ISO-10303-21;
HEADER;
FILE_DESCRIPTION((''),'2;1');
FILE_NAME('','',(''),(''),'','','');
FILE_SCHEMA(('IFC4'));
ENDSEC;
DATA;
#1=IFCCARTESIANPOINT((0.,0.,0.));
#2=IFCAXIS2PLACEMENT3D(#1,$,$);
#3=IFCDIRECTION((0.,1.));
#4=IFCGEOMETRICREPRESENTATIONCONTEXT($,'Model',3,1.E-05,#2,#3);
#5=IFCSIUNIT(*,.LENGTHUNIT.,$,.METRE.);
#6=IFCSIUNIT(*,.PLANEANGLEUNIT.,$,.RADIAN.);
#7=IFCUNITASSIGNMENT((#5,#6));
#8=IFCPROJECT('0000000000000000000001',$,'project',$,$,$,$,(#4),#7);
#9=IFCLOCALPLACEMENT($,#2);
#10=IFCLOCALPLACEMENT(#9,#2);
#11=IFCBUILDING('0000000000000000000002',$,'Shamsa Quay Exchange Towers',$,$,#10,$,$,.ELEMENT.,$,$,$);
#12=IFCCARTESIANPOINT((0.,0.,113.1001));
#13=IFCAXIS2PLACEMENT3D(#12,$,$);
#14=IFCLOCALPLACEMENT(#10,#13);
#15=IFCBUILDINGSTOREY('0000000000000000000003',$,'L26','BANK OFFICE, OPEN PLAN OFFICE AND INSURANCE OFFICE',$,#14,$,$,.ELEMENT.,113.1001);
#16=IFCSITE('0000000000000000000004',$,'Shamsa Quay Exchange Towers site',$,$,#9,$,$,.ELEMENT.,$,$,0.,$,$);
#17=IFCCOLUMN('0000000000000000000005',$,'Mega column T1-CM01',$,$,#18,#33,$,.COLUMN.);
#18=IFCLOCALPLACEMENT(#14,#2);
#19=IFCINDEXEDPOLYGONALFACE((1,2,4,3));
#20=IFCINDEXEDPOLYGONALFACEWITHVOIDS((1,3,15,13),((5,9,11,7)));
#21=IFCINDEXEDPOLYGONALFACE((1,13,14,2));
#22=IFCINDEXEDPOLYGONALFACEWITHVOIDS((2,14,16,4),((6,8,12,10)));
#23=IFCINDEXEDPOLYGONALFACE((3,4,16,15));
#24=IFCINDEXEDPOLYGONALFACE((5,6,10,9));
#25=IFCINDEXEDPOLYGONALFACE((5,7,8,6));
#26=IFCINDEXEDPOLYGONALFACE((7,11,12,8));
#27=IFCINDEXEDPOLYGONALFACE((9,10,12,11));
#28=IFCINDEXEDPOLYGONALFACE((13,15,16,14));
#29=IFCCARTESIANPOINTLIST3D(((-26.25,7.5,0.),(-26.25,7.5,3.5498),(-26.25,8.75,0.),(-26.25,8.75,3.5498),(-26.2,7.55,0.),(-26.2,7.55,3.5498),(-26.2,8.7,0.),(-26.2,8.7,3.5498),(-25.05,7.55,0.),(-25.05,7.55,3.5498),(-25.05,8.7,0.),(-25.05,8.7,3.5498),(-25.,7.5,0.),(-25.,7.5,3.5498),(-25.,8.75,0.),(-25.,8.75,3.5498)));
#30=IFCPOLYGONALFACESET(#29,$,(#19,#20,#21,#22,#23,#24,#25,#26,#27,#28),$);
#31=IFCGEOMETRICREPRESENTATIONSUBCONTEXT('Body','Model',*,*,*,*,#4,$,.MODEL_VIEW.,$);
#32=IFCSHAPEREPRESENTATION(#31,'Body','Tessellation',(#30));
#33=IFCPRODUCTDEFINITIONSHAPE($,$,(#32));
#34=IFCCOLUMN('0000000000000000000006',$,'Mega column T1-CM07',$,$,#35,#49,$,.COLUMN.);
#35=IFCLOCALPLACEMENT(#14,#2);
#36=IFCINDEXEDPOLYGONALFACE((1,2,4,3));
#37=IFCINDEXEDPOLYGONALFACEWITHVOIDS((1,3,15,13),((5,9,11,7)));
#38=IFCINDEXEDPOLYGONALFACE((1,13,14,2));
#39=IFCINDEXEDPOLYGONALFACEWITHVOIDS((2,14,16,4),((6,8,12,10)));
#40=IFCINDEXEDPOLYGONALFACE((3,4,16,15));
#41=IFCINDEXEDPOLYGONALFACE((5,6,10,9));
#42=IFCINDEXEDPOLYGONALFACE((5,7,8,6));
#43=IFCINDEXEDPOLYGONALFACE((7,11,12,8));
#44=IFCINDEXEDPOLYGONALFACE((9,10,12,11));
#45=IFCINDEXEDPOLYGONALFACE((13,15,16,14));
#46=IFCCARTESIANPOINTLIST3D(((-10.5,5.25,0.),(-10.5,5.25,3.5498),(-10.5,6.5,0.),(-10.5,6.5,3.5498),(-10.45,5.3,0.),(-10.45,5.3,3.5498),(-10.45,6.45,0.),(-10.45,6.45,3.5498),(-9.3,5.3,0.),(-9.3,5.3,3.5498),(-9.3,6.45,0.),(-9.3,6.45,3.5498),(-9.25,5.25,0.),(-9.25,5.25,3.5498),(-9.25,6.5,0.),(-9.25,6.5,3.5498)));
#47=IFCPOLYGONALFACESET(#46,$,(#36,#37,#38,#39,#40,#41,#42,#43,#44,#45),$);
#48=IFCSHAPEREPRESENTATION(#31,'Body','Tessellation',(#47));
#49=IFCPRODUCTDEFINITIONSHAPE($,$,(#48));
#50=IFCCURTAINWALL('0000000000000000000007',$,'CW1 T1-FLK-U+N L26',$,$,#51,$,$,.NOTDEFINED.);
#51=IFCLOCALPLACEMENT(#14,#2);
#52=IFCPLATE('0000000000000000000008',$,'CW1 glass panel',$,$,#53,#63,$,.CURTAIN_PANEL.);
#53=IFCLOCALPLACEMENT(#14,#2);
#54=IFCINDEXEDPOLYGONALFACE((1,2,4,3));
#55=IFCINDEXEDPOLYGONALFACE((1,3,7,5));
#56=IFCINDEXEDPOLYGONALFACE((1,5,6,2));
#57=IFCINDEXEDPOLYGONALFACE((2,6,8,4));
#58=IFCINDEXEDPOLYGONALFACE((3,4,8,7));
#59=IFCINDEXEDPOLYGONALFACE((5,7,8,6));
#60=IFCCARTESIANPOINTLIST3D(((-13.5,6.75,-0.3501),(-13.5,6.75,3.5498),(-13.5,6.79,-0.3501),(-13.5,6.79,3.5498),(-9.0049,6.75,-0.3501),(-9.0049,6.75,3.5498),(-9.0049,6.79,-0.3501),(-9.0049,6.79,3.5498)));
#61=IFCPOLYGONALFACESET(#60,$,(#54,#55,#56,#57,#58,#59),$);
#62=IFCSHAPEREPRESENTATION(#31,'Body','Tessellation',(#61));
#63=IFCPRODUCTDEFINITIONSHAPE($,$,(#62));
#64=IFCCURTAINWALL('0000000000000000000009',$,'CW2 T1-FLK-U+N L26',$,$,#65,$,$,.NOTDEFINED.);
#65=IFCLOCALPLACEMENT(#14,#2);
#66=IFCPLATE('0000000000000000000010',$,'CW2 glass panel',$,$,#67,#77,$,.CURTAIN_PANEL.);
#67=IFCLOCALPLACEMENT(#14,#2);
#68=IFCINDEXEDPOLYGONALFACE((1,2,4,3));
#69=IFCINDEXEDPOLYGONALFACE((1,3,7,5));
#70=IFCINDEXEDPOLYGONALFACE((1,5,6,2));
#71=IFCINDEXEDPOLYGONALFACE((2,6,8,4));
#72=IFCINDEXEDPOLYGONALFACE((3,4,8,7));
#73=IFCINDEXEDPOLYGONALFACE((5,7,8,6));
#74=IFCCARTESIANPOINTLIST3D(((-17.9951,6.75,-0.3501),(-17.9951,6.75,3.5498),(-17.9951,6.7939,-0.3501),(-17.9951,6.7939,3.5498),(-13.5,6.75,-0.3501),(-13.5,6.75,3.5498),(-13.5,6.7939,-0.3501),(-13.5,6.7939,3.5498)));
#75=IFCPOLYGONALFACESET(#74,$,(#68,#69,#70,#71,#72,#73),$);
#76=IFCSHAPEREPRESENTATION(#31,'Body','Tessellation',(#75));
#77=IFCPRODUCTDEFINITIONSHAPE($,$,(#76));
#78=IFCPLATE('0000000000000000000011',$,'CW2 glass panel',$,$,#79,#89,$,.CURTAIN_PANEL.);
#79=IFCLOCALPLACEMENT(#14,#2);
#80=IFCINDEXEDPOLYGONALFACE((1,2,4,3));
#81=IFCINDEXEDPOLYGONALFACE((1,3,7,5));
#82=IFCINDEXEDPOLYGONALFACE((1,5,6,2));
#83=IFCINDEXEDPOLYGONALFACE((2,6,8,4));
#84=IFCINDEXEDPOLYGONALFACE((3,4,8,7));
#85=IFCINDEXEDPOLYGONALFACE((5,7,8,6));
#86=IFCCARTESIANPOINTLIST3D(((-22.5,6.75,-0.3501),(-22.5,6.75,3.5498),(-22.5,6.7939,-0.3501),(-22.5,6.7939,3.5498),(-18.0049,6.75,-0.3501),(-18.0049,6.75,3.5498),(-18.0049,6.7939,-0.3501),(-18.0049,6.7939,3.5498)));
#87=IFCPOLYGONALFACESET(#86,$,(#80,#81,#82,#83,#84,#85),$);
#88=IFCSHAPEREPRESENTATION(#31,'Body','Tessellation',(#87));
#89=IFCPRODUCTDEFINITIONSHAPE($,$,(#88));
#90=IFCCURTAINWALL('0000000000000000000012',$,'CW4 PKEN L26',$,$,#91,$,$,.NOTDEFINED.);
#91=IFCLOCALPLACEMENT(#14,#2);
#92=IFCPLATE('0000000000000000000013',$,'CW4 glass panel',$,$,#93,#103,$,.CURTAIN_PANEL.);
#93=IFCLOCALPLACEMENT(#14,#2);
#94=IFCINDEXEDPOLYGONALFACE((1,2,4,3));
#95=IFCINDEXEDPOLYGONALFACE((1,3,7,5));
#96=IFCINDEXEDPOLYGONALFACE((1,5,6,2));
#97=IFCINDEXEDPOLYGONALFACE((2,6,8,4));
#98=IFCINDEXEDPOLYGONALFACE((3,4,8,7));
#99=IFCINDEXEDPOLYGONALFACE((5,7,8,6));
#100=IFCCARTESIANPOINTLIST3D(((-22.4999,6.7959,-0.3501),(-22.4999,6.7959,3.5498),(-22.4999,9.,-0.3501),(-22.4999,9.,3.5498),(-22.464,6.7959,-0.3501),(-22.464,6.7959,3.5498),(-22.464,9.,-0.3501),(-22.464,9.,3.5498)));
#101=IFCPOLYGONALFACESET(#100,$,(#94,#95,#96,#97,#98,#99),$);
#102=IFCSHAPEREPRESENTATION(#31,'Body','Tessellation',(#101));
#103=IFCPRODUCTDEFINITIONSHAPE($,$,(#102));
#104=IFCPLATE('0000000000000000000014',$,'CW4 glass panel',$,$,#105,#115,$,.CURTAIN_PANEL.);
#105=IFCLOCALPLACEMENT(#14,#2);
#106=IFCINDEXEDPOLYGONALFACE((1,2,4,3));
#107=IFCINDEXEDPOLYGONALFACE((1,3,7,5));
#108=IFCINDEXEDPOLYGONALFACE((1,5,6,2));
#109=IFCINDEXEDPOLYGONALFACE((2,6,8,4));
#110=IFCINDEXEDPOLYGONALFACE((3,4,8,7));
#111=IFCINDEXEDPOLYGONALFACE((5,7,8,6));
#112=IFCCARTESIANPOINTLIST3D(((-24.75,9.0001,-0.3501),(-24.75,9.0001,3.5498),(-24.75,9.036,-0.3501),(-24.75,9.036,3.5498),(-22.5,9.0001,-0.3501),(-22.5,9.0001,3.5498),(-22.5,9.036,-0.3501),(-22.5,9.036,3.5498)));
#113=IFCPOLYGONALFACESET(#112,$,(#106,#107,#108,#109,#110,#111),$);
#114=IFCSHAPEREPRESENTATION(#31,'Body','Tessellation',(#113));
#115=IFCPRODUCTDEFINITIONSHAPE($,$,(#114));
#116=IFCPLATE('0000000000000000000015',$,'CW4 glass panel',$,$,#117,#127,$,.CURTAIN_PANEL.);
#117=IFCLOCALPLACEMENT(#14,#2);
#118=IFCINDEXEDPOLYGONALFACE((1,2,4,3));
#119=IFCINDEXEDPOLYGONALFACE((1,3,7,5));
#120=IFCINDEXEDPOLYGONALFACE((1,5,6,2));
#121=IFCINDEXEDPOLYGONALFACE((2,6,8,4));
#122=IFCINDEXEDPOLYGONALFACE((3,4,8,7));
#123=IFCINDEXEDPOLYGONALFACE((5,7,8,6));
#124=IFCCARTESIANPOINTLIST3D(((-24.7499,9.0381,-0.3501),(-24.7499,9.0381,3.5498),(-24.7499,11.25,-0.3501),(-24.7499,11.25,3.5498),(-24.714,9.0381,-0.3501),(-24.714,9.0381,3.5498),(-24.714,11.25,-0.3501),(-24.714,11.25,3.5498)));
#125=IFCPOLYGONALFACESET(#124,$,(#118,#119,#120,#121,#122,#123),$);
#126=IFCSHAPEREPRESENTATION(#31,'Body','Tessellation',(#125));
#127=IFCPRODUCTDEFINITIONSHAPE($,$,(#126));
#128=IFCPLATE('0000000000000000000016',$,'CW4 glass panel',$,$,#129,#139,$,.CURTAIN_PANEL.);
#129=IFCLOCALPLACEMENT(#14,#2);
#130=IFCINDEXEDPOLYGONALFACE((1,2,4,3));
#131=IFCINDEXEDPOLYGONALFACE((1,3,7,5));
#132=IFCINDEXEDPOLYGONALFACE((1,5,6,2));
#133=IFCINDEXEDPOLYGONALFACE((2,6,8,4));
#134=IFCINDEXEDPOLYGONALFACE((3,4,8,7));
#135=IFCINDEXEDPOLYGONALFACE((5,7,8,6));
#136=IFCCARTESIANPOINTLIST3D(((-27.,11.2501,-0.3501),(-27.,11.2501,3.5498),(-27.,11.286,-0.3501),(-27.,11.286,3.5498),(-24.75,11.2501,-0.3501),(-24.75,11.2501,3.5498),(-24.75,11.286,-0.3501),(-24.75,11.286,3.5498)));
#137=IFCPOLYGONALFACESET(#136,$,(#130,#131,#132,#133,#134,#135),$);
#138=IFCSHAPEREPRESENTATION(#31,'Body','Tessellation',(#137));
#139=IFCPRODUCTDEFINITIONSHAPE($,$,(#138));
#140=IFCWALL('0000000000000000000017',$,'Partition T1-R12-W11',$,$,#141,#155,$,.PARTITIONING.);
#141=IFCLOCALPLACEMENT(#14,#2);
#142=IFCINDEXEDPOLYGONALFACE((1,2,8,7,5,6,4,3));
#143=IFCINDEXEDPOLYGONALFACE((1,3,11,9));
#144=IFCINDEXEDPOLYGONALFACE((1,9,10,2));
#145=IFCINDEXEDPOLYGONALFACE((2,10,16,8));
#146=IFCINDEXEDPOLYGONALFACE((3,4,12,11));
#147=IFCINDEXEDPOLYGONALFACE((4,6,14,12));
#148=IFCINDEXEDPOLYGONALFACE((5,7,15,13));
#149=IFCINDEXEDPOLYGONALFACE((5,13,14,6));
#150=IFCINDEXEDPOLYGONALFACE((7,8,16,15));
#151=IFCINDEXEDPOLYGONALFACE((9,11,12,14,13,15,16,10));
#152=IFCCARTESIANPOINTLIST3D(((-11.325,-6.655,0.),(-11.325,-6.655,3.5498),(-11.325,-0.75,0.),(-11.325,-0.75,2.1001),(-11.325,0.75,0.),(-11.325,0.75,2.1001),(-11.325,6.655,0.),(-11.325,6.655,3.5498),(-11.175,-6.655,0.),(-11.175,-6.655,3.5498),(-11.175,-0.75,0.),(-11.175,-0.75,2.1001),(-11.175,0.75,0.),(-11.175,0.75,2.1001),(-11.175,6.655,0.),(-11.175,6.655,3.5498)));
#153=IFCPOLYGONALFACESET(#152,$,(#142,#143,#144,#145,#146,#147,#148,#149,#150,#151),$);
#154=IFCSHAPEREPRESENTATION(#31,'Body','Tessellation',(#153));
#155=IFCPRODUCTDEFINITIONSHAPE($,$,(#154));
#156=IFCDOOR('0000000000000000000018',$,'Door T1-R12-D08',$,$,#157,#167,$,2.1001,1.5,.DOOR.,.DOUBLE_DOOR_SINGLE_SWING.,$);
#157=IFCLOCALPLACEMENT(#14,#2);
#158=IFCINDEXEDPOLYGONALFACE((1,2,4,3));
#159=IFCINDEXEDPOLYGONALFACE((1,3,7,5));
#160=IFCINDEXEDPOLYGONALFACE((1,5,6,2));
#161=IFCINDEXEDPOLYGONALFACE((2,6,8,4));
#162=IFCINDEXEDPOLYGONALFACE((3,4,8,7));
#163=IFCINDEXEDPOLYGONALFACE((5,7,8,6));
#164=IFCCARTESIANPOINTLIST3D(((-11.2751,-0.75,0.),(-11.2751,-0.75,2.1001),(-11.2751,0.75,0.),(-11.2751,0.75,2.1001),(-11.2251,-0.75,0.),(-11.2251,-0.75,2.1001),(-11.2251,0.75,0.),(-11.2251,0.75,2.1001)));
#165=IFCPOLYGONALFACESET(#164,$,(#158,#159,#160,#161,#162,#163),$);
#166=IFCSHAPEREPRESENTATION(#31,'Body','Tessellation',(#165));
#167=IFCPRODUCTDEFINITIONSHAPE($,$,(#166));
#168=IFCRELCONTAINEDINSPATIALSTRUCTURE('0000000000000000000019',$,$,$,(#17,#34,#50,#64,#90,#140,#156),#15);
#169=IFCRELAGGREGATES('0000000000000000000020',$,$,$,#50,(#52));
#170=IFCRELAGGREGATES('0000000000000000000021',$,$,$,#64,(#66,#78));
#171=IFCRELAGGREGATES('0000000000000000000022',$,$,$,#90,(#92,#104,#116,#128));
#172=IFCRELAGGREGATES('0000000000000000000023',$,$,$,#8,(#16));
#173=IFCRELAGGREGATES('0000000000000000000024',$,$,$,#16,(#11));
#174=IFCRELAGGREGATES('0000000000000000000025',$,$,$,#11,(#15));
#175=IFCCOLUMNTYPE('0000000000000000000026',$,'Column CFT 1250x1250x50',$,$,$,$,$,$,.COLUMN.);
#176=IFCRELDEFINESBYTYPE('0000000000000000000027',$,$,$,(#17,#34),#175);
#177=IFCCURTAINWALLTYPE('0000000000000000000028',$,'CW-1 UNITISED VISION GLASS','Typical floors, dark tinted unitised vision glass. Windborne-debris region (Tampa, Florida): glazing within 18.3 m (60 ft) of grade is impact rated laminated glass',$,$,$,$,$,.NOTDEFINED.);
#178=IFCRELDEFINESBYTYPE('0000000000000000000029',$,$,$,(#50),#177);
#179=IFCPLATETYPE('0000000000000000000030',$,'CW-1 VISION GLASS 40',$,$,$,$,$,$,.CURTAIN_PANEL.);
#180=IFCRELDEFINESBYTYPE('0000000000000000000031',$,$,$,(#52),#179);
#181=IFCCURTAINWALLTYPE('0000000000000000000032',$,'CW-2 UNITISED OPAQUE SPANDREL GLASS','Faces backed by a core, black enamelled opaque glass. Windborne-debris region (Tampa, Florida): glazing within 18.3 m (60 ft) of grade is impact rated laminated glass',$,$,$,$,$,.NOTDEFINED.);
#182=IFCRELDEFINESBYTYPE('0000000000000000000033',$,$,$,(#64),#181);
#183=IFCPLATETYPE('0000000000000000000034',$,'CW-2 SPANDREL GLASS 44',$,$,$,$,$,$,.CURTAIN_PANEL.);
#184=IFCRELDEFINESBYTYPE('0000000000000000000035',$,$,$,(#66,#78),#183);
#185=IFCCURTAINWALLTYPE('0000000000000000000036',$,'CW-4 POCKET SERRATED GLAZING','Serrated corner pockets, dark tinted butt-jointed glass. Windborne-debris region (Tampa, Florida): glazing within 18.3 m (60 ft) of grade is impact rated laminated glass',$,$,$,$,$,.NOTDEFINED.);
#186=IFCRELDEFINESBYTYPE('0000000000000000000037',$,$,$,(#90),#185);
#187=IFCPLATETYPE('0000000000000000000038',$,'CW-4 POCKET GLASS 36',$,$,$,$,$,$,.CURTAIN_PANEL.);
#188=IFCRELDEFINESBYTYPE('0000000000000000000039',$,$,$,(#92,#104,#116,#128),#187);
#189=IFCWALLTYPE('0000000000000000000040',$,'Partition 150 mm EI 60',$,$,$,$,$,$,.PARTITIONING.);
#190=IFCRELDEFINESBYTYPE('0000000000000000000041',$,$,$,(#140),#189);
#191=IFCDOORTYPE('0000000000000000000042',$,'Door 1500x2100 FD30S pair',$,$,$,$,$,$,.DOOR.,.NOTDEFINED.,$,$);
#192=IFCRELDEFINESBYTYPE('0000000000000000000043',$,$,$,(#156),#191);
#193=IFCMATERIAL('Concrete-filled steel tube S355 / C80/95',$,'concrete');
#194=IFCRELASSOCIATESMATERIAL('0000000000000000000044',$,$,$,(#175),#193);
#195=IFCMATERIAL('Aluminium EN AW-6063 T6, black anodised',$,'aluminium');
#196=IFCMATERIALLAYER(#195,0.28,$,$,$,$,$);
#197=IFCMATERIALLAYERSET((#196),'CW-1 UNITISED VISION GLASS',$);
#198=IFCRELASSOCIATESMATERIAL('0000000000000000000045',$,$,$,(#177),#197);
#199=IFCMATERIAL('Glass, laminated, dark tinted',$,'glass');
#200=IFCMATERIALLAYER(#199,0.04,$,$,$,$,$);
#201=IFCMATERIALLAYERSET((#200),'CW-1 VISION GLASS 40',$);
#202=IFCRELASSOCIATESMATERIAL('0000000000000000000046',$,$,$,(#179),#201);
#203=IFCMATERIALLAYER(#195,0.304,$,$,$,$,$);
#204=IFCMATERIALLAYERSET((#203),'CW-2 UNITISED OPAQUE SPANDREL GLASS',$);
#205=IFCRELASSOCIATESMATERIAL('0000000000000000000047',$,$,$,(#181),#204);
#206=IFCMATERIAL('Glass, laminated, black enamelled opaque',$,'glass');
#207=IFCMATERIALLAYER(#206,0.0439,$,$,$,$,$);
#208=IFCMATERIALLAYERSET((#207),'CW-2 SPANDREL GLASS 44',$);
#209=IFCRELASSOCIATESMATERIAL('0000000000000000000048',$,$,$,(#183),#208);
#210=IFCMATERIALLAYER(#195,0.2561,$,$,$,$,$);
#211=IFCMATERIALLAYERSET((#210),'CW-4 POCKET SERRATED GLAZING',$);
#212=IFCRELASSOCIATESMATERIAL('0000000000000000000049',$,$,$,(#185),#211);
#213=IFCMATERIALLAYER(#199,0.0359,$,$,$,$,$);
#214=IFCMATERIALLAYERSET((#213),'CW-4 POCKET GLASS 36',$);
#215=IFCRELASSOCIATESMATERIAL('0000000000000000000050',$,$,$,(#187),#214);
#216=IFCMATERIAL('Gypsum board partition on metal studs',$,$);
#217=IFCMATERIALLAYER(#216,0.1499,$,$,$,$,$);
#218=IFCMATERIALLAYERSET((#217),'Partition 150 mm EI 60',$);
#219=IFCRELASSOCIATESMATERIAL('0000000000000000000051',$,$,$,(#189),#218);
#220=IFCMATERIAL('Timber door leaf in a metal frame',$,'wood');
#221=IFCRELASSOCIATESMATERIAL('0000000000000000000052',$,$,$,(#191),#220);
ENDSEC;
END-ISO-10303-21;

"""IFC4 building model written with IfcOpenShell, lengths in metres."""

from ifc_helpers import new_model, si_unit, direction, frame, frame_2d, origin, origin_2d, place, context, subcontext, project, spatial, rectangle, hollow_rectangle, extrude, material, layer, layer_set, material_profile, profile_set, type_object, element, fill, aggregate, save


model = new_model("IFC4")

# Units and contexts
model_context = context("Model", 3, precision=1e-05, world=origin(), true_north=direction((0.0, 1.0)))
body_context = subcontext(model_context, "Body", "Model", "MODEL_VIEW")
ifc_project = project(units=[si_unit("LENGTHUNIT", "METRE"), si_unit("PLANEANGLEUNIT", "RADIAN")], contexts=[model_context])

# Site, building, storey
site_placement = place(None, origin())
site = spatial("IfcSite", under=ifc_project, at=site_placement, Name="Shamsa Quay Exchange Towers site", CompositionType="ELEMENT", RefElevation=0.0)
building_placement = place(site_placement, origin())
building = spatial("IfcBuilding", under=site, at=building_placement, Name="Shamsa Quay Exchange Towers", CompositionType="ELEMENT")
storey_placement = place(building_placement, frame((0.0, 0.0, 113.1001)))
storey = spatial("IfcBuildingStorey", under=building, at=storey_placement, Name="L26", Description="BANK OFFICE, OPEN PLAN OFFICE AND INSURANCE OFFICE", CompositionType="ELEMENT", Elevation=113.1001)

# Columns
ifc_material_1 = material(Name="Concrete-filled steel tube S355 / C80/95", Category="concrete")
ifc_material_profile_1 = material_profile(ifc_material_1, hollow_rectangle(XDim=1.25, YDim=1.25, WallThickness=0.05, at=origin_2d()), Name="CFT 1250x1250x50")
ifc_profile_set_1 = profile_set([ifc_material_profile_1], Name="Concrete-filled steel tube S355 / C80/95")
column_type = type_object("IfcColumnType", Name="Column CFT 1250x1250x50", PredefinedType="COLUMN", material=ifc_profile_set_1)
for number, where, name in (
    (1, (-25.625, 8.125, 0.0), "Mega column T1-CM01"),
    (2, (-9.875, 5.875, 0.0), "Mega column T1-CM07"),
):
    element("IfcColumn", number, at=place(storey_placement, frame(where)), inside=storey, type_object=column_type, Name=name, PredefinedType="COLUMN", context=body_context, shape_type="SweptSolid", body=[
        extrude(hollow_rectangle(XDim=1.25, YDim=1.25, WallThickness=0.05, at=origin_2d()), origin(), (0.0, 0.0, 1.0), 3.5498),
    ])

# Curtain wall, plate
ifc_material_2 = material(Name="Aluminium EN AW-6063 T6, black anodised", Category="aluminium")
ifc_layer_1 = layer(ifc_material_2, 0.28)
ifc_layer_set_1 = layer_set([ifc_layer_1], Name="CW-1 UNITISED VISION GLASS")
curtain_wall_type_1 = type_object("IfcCurtainWallType", Name="CW-1 UNITISED VISION GLASS", Description="Typical floors, dark tinted unitised vision glass. Windborne-debris region (Tampa, Florida): glazing within 18.3 m (60 ft) of grade is impact rated laminated glass", PredefinedType="NOTDEFINED", material=ifc_layer_set_1)
curtain_wall_1_placement = place(storey_placement, origin())
curtain_wall_1 = element("IfcCurtainWall", 3, at=curtain_wall_1_placement, inside=storey, type_object=curtain_wall_type_1, Name="CW1 T1-FLK-U+N L26", PredefinedType="NOTDEFINED")
ifc_material_3 = material(Name="Glass, laminated, dark tinted", Category="glass")
ifc_layer_2 = layer(ifc_material_3, 0.04)
ifc_layer_set_2 = layer_set([ifc_layer_2], Name="CW-1 VISION GLASS 40")
plate_type_1 = type_object("IfcPlateType", Name="CW-1 VISION GLASS 40", PredefinedType="CURTAIN_PANEL", material=ifc_layer_set_2)
plate_1_placement = place(storey_placement, frame((-11.2524, 6.77, -0.3501), z_axis=(0.0, 0.0, 1.0), x_axis=(-1.0, 0.0, 0.0)))
plate_1 = element("IfcPlate", 4, at=plate_1_placement, type_object=plate_type_1, Name="CW1 glass panel", PredefinedType="CURTAIN_PANEL", context=body_context, shape_type="SweptSolid", body=[
    extrude(rectangle(XDim=4.4951, YDim=0.04, at=origin_2d()), origin(), (0.0, 0.0, 1.0), 3.8999),
])
aggregate(curtain_wall_1, [plate_1])

# Curtain walls, plates
ifc_layer_3 = layer(ifc_material_2, 0.304)
ifc_layer_set_3 = layer_set([ifc_layer_3], Name="CW-2 UNITISED OPAQUE SPANDREL GLASS")
curtain_wall_type_2 = type_object("IfcCurtainWallType", Name="CW-2 UNITISED OPAQUE SPANDREL GLASS", Description="Faces backed by a core, black enamelled opaque glass. Windborne-debris region (Tampa, Florida): glazing within 18.3 m (60 ft) of grade is impact rated laminated glass", PredefinedType="NOTDEFINED", material=ifc_layer_set_3)
curtain_wall_2_placement = place(storey_placement, origin())
curtain_wall_2 = element("IfcCurtainWall", 5, at=curtain_wall_2_placement, inside=storey, type_object=curtain_wall_type_2, Name="CW2 T1-FLK-U+N L26", PredefinedType="NOTDEFINED")
ifc_material_4 = material(Name="Glass, laminated, black enamelled opaque", Category="glass")
ifc_layer_4 = layer(ifc_material_4, 0.0439)
ifc_layer_set_4 = layer_set([ifc_layer_4], Name="CW-2 SPANDREL GLASS 44")
plate_type_2 = type_object("IfcPlateType", Name="CW-2 SPANDREL GLASS 44", PredefinedType="CURTAIN_PANEL", material=ifc_layer_set_4)
plate_2_placement = place(storey_placement, frame((-15.7476, 6.772, -0.3501), z_axis=(0.0, 0.0, 1.0), x_axis=(-1.0, 0.0, 0.0)))
plate_2 = element("IfcPlate", 6, at=plate_2_placement, type_object=plate_type_2, Name="CW2 glass panel", PredefinedType="CURTAIN_PANEL", context=body_context, shape_type="SweptSolid", body=[
    extrude(rectangle(XDim=4.4951, YDim=0.0439, at=origin_2d()), origin(), (0.0, 0.0, 1.0), 3.8999),
])
plate_3_placement = place(storey_placement, frame((-20.2524, 6.772, -0.3501), z_axis=(0.0, 0.0, 1.0), x_axis=(-1.0, 0.0, 0.0)))
plate_3 = element("IfcPlate", 7, at=plate_3_placement, type_object=plate_type_2, Name="CW2 glass panel", PredefinedType="CURTAIN_PANEL", context=body_context, shape_type="SweptSolid", body=[
    extrude(rectangle(XDim=4.4951, YDim=0.0439, at=origin_2d()), origin(), (0.0, 0.0, 1.0), 3.8999),
])
aggregate(curtain_wall_2, [plate_2, plate_3])
ifc_layer_5 = layer(ifc_material_2, 0.2561)
ifc_layer_set_5 = layer_set([ifc_layer_5], Name="CW-4 POCKET SERRATED GLAZING")
curtain_wall_type_3 = type_object("IfcCurtainWallType", Name="CW-4 POCKET SERRATED GLAZING", Description="Serrated corner pockets, dark tinted butt-jointed glass. Windborne-debris region (Tampa, Florida): glazing within 18.3 m (60 ft) of grade is impact rated laminated glass", PredefinedType="NOTDEFINED", material=ifc_layer_set_5)
curtain_wall_3_placement = place(storey_placement, origin())
curtain_wall_3 = element("IfcCurtainWall", 8, at=curtain_wall_3_placement, inside=storey, type_object=curtain_wall_type_3, Name="CW4 PKEN L26", PredefinedType="NOTDEFINED")
ifc_layer_6 = layer(ifc_material_3, 0.0359)
ifc_layer_set_6 = layer_set([ifc_layer_6], Name="CW-4 POCKET GLASS 36")
plate_type_3 = type_object("IfcPlateType", Name="CW-4 POCKET GLASS 36", PredefinedType="CURTAIN_PANEL", material=ifc_layer_set_6)
plate_4_placement = place(storey_placement, frame((-22.4819, 7.8979, -0.3501), z_axis=(0.0, 0.0, 1.0), x_axis=(0.0, 1.0, 0.0)))
plate_4 = element("IfcPlate", 9, at=plate_4_placement, type_object=plate_type_3, Name="CW4 glass panel", PredefinedType="CURTAIN_PANEL", context=body_context, shape_type="SweptSolid", body=[
    extrude(rectangle(XDim=2.2041, YDim=0.0359, at=origin_2d()), origin(), (0.0, 0.0, 1.0), 3.8999),
])
plate_5_placement = place(storey_placement, frame((-23.625, 9.0181, -0.3501), z_axis=(0.0, 0.0, 1.0), x_axis=(-1.0, 0.0, 0.0)))
plate_5 = element("IfcPlate", 10, at=plate_5_placement, type_object=plate_type_3, Name="CW4 glass panel", PredefinedType="CURTAIN_PANEL", context=body_context, shape_type="SweptSolid", body=[
    extrude(rectangle(XDim=2.25, YDim=0.0359, at=origin_2d()), origin(), (0.0, 0.0, 1.0), 3.8999),
])
plate_6_placement = place(storey_placement, frame((-24.7319, 10.144, -0.3501), z_axis=(0.0, 0.0, 1.0), x_axis=(0.0, 1.0, 0.0)))
plate_6 = element("IfcPlate", 11, at=plate_6_placement, type_object=plate_type_3, Name="CW4 glass panel", PredefinedType="CURTAIN_PANEL", context=body_context, shape_type="SweptSolid", body=[
    extrude(rectangle(XDim=2.2119, YDim=0.0359, at=origin_2d()), origin(), (0.0, 0.0, 1.0), 3.8999),
])
plate_7_placement = place(storey_placement, frame((-25.875, 11.2681, -0.3501), z_axis=(0.0, 0.0, 1.0), x_axis=(-1.0, 0.0, 0.0)))
plate_7 = element("IfcPlate", 12, at=plate_7_placement, type_object=plate_type_3, Name="CW4 glass panel", PredefinedType="CURTAIN_PANEL", context=body_context, shape_type="SweptSolid", body=[
    extrude(rectangle(XDim=2.25, YDim=0.0359, at=origin_2d()), origin(), (0.0, 0.0, 1.0), 3.8999),
])
aggregate(curtain_wall_3, [plate_4, plate_5, plate_6, plate_7])

# Wall, opening, door
ifc_material_5 = material(Name="Gypsum board partition on metal studs")
ifc_layer_7 = layer(ifc_material_5, 0.1499)
ifc_layer_set_7 = layer_set([ifc_layer_7], Name="Partition 150 mm EI 60")
wall_type_1 = type_object("IfcWallType", Name="Partition 150 mm EI 60", PredefinedType="PARTITIONING", material=ifc_layer_set_7)
wall_1_placement = place(storey_placement, frame((-11.25, 6.655, 0.0), z_axis=(0.0, 0.0, 1.0), x_axis=(0.0, -1.0, 0.0)))
wall_1 = element("IfcWall", 13, at=wall_1_placement, inside=storey, type_object=wall_type_1, Name="Partition T1-R12-W11", PredefinedType="PARTITIONING", context=body_context, shape_type="SweptSolid", body=[
    extrude(rectangle(XDim=13.3101, YDim=0.1499, at=frame_2d((6.655, 0.0))), origin(), (0.0, 0.0, 1.0), 3.5498),
])
opening_1_placement = place(wall_1_placement, frame((5.905, 0.0, 0.0)))
opening_1 = element("IfcOpeningElement", 14, at=opening_1_placement, cuts=wall_1, PredefinedType="OPENING", context=body_context, shape_type="SweptSolid", body=[
    extrude(rectangle(XDim=1.5, YDim=2.1001, at=frame_2d((0.75, 1.05))), frame((0.0, 0.085, 0.0), z_axis=(0.0, -1.0, 0.0), x_axis=(1.0, 0.0, 0.0)), (0.0, 0.0, 1.0), 0.1699),
])
ifc_material_6 = material(Name="Timber door leaf in a metal frame", Category="wood")
door_type_1 = type_object("IfcDoorType", Name="Door 1500x2100 FD30S pair", OperationType="NOTDEFINED", PredefinedType="DOOR", material=ifc_material_6)
door_1_placement = place(opening_1_placement, origin())
door_1 = element("IfcDoor", 15, at=door_1_placement, inside=storey, type_object=door_type_1, Name="Door T1-R12-D08", OperationType="DOUBLE_DOOR_SINGLE_SWING", OverallHeight=2.1001, OverallWidth=1.5, PredefinedType="DOOR", context=body_context, shape_type="SweptSolid", body=[
    extrude(rectangle(XDim=1.5, YDim=2.1001, at=frame_2d((0.75, 1.05))), frame((0.0, 0.0249, 0.0), z_axis=(0.0, -1.0, 0.0), x_axis=(1.0, 0.0, 0.0)), (0.0, 0.0, 1.0), 0.05),
])
fill(opening_1, door_1)

save(model, "model.ifc")
